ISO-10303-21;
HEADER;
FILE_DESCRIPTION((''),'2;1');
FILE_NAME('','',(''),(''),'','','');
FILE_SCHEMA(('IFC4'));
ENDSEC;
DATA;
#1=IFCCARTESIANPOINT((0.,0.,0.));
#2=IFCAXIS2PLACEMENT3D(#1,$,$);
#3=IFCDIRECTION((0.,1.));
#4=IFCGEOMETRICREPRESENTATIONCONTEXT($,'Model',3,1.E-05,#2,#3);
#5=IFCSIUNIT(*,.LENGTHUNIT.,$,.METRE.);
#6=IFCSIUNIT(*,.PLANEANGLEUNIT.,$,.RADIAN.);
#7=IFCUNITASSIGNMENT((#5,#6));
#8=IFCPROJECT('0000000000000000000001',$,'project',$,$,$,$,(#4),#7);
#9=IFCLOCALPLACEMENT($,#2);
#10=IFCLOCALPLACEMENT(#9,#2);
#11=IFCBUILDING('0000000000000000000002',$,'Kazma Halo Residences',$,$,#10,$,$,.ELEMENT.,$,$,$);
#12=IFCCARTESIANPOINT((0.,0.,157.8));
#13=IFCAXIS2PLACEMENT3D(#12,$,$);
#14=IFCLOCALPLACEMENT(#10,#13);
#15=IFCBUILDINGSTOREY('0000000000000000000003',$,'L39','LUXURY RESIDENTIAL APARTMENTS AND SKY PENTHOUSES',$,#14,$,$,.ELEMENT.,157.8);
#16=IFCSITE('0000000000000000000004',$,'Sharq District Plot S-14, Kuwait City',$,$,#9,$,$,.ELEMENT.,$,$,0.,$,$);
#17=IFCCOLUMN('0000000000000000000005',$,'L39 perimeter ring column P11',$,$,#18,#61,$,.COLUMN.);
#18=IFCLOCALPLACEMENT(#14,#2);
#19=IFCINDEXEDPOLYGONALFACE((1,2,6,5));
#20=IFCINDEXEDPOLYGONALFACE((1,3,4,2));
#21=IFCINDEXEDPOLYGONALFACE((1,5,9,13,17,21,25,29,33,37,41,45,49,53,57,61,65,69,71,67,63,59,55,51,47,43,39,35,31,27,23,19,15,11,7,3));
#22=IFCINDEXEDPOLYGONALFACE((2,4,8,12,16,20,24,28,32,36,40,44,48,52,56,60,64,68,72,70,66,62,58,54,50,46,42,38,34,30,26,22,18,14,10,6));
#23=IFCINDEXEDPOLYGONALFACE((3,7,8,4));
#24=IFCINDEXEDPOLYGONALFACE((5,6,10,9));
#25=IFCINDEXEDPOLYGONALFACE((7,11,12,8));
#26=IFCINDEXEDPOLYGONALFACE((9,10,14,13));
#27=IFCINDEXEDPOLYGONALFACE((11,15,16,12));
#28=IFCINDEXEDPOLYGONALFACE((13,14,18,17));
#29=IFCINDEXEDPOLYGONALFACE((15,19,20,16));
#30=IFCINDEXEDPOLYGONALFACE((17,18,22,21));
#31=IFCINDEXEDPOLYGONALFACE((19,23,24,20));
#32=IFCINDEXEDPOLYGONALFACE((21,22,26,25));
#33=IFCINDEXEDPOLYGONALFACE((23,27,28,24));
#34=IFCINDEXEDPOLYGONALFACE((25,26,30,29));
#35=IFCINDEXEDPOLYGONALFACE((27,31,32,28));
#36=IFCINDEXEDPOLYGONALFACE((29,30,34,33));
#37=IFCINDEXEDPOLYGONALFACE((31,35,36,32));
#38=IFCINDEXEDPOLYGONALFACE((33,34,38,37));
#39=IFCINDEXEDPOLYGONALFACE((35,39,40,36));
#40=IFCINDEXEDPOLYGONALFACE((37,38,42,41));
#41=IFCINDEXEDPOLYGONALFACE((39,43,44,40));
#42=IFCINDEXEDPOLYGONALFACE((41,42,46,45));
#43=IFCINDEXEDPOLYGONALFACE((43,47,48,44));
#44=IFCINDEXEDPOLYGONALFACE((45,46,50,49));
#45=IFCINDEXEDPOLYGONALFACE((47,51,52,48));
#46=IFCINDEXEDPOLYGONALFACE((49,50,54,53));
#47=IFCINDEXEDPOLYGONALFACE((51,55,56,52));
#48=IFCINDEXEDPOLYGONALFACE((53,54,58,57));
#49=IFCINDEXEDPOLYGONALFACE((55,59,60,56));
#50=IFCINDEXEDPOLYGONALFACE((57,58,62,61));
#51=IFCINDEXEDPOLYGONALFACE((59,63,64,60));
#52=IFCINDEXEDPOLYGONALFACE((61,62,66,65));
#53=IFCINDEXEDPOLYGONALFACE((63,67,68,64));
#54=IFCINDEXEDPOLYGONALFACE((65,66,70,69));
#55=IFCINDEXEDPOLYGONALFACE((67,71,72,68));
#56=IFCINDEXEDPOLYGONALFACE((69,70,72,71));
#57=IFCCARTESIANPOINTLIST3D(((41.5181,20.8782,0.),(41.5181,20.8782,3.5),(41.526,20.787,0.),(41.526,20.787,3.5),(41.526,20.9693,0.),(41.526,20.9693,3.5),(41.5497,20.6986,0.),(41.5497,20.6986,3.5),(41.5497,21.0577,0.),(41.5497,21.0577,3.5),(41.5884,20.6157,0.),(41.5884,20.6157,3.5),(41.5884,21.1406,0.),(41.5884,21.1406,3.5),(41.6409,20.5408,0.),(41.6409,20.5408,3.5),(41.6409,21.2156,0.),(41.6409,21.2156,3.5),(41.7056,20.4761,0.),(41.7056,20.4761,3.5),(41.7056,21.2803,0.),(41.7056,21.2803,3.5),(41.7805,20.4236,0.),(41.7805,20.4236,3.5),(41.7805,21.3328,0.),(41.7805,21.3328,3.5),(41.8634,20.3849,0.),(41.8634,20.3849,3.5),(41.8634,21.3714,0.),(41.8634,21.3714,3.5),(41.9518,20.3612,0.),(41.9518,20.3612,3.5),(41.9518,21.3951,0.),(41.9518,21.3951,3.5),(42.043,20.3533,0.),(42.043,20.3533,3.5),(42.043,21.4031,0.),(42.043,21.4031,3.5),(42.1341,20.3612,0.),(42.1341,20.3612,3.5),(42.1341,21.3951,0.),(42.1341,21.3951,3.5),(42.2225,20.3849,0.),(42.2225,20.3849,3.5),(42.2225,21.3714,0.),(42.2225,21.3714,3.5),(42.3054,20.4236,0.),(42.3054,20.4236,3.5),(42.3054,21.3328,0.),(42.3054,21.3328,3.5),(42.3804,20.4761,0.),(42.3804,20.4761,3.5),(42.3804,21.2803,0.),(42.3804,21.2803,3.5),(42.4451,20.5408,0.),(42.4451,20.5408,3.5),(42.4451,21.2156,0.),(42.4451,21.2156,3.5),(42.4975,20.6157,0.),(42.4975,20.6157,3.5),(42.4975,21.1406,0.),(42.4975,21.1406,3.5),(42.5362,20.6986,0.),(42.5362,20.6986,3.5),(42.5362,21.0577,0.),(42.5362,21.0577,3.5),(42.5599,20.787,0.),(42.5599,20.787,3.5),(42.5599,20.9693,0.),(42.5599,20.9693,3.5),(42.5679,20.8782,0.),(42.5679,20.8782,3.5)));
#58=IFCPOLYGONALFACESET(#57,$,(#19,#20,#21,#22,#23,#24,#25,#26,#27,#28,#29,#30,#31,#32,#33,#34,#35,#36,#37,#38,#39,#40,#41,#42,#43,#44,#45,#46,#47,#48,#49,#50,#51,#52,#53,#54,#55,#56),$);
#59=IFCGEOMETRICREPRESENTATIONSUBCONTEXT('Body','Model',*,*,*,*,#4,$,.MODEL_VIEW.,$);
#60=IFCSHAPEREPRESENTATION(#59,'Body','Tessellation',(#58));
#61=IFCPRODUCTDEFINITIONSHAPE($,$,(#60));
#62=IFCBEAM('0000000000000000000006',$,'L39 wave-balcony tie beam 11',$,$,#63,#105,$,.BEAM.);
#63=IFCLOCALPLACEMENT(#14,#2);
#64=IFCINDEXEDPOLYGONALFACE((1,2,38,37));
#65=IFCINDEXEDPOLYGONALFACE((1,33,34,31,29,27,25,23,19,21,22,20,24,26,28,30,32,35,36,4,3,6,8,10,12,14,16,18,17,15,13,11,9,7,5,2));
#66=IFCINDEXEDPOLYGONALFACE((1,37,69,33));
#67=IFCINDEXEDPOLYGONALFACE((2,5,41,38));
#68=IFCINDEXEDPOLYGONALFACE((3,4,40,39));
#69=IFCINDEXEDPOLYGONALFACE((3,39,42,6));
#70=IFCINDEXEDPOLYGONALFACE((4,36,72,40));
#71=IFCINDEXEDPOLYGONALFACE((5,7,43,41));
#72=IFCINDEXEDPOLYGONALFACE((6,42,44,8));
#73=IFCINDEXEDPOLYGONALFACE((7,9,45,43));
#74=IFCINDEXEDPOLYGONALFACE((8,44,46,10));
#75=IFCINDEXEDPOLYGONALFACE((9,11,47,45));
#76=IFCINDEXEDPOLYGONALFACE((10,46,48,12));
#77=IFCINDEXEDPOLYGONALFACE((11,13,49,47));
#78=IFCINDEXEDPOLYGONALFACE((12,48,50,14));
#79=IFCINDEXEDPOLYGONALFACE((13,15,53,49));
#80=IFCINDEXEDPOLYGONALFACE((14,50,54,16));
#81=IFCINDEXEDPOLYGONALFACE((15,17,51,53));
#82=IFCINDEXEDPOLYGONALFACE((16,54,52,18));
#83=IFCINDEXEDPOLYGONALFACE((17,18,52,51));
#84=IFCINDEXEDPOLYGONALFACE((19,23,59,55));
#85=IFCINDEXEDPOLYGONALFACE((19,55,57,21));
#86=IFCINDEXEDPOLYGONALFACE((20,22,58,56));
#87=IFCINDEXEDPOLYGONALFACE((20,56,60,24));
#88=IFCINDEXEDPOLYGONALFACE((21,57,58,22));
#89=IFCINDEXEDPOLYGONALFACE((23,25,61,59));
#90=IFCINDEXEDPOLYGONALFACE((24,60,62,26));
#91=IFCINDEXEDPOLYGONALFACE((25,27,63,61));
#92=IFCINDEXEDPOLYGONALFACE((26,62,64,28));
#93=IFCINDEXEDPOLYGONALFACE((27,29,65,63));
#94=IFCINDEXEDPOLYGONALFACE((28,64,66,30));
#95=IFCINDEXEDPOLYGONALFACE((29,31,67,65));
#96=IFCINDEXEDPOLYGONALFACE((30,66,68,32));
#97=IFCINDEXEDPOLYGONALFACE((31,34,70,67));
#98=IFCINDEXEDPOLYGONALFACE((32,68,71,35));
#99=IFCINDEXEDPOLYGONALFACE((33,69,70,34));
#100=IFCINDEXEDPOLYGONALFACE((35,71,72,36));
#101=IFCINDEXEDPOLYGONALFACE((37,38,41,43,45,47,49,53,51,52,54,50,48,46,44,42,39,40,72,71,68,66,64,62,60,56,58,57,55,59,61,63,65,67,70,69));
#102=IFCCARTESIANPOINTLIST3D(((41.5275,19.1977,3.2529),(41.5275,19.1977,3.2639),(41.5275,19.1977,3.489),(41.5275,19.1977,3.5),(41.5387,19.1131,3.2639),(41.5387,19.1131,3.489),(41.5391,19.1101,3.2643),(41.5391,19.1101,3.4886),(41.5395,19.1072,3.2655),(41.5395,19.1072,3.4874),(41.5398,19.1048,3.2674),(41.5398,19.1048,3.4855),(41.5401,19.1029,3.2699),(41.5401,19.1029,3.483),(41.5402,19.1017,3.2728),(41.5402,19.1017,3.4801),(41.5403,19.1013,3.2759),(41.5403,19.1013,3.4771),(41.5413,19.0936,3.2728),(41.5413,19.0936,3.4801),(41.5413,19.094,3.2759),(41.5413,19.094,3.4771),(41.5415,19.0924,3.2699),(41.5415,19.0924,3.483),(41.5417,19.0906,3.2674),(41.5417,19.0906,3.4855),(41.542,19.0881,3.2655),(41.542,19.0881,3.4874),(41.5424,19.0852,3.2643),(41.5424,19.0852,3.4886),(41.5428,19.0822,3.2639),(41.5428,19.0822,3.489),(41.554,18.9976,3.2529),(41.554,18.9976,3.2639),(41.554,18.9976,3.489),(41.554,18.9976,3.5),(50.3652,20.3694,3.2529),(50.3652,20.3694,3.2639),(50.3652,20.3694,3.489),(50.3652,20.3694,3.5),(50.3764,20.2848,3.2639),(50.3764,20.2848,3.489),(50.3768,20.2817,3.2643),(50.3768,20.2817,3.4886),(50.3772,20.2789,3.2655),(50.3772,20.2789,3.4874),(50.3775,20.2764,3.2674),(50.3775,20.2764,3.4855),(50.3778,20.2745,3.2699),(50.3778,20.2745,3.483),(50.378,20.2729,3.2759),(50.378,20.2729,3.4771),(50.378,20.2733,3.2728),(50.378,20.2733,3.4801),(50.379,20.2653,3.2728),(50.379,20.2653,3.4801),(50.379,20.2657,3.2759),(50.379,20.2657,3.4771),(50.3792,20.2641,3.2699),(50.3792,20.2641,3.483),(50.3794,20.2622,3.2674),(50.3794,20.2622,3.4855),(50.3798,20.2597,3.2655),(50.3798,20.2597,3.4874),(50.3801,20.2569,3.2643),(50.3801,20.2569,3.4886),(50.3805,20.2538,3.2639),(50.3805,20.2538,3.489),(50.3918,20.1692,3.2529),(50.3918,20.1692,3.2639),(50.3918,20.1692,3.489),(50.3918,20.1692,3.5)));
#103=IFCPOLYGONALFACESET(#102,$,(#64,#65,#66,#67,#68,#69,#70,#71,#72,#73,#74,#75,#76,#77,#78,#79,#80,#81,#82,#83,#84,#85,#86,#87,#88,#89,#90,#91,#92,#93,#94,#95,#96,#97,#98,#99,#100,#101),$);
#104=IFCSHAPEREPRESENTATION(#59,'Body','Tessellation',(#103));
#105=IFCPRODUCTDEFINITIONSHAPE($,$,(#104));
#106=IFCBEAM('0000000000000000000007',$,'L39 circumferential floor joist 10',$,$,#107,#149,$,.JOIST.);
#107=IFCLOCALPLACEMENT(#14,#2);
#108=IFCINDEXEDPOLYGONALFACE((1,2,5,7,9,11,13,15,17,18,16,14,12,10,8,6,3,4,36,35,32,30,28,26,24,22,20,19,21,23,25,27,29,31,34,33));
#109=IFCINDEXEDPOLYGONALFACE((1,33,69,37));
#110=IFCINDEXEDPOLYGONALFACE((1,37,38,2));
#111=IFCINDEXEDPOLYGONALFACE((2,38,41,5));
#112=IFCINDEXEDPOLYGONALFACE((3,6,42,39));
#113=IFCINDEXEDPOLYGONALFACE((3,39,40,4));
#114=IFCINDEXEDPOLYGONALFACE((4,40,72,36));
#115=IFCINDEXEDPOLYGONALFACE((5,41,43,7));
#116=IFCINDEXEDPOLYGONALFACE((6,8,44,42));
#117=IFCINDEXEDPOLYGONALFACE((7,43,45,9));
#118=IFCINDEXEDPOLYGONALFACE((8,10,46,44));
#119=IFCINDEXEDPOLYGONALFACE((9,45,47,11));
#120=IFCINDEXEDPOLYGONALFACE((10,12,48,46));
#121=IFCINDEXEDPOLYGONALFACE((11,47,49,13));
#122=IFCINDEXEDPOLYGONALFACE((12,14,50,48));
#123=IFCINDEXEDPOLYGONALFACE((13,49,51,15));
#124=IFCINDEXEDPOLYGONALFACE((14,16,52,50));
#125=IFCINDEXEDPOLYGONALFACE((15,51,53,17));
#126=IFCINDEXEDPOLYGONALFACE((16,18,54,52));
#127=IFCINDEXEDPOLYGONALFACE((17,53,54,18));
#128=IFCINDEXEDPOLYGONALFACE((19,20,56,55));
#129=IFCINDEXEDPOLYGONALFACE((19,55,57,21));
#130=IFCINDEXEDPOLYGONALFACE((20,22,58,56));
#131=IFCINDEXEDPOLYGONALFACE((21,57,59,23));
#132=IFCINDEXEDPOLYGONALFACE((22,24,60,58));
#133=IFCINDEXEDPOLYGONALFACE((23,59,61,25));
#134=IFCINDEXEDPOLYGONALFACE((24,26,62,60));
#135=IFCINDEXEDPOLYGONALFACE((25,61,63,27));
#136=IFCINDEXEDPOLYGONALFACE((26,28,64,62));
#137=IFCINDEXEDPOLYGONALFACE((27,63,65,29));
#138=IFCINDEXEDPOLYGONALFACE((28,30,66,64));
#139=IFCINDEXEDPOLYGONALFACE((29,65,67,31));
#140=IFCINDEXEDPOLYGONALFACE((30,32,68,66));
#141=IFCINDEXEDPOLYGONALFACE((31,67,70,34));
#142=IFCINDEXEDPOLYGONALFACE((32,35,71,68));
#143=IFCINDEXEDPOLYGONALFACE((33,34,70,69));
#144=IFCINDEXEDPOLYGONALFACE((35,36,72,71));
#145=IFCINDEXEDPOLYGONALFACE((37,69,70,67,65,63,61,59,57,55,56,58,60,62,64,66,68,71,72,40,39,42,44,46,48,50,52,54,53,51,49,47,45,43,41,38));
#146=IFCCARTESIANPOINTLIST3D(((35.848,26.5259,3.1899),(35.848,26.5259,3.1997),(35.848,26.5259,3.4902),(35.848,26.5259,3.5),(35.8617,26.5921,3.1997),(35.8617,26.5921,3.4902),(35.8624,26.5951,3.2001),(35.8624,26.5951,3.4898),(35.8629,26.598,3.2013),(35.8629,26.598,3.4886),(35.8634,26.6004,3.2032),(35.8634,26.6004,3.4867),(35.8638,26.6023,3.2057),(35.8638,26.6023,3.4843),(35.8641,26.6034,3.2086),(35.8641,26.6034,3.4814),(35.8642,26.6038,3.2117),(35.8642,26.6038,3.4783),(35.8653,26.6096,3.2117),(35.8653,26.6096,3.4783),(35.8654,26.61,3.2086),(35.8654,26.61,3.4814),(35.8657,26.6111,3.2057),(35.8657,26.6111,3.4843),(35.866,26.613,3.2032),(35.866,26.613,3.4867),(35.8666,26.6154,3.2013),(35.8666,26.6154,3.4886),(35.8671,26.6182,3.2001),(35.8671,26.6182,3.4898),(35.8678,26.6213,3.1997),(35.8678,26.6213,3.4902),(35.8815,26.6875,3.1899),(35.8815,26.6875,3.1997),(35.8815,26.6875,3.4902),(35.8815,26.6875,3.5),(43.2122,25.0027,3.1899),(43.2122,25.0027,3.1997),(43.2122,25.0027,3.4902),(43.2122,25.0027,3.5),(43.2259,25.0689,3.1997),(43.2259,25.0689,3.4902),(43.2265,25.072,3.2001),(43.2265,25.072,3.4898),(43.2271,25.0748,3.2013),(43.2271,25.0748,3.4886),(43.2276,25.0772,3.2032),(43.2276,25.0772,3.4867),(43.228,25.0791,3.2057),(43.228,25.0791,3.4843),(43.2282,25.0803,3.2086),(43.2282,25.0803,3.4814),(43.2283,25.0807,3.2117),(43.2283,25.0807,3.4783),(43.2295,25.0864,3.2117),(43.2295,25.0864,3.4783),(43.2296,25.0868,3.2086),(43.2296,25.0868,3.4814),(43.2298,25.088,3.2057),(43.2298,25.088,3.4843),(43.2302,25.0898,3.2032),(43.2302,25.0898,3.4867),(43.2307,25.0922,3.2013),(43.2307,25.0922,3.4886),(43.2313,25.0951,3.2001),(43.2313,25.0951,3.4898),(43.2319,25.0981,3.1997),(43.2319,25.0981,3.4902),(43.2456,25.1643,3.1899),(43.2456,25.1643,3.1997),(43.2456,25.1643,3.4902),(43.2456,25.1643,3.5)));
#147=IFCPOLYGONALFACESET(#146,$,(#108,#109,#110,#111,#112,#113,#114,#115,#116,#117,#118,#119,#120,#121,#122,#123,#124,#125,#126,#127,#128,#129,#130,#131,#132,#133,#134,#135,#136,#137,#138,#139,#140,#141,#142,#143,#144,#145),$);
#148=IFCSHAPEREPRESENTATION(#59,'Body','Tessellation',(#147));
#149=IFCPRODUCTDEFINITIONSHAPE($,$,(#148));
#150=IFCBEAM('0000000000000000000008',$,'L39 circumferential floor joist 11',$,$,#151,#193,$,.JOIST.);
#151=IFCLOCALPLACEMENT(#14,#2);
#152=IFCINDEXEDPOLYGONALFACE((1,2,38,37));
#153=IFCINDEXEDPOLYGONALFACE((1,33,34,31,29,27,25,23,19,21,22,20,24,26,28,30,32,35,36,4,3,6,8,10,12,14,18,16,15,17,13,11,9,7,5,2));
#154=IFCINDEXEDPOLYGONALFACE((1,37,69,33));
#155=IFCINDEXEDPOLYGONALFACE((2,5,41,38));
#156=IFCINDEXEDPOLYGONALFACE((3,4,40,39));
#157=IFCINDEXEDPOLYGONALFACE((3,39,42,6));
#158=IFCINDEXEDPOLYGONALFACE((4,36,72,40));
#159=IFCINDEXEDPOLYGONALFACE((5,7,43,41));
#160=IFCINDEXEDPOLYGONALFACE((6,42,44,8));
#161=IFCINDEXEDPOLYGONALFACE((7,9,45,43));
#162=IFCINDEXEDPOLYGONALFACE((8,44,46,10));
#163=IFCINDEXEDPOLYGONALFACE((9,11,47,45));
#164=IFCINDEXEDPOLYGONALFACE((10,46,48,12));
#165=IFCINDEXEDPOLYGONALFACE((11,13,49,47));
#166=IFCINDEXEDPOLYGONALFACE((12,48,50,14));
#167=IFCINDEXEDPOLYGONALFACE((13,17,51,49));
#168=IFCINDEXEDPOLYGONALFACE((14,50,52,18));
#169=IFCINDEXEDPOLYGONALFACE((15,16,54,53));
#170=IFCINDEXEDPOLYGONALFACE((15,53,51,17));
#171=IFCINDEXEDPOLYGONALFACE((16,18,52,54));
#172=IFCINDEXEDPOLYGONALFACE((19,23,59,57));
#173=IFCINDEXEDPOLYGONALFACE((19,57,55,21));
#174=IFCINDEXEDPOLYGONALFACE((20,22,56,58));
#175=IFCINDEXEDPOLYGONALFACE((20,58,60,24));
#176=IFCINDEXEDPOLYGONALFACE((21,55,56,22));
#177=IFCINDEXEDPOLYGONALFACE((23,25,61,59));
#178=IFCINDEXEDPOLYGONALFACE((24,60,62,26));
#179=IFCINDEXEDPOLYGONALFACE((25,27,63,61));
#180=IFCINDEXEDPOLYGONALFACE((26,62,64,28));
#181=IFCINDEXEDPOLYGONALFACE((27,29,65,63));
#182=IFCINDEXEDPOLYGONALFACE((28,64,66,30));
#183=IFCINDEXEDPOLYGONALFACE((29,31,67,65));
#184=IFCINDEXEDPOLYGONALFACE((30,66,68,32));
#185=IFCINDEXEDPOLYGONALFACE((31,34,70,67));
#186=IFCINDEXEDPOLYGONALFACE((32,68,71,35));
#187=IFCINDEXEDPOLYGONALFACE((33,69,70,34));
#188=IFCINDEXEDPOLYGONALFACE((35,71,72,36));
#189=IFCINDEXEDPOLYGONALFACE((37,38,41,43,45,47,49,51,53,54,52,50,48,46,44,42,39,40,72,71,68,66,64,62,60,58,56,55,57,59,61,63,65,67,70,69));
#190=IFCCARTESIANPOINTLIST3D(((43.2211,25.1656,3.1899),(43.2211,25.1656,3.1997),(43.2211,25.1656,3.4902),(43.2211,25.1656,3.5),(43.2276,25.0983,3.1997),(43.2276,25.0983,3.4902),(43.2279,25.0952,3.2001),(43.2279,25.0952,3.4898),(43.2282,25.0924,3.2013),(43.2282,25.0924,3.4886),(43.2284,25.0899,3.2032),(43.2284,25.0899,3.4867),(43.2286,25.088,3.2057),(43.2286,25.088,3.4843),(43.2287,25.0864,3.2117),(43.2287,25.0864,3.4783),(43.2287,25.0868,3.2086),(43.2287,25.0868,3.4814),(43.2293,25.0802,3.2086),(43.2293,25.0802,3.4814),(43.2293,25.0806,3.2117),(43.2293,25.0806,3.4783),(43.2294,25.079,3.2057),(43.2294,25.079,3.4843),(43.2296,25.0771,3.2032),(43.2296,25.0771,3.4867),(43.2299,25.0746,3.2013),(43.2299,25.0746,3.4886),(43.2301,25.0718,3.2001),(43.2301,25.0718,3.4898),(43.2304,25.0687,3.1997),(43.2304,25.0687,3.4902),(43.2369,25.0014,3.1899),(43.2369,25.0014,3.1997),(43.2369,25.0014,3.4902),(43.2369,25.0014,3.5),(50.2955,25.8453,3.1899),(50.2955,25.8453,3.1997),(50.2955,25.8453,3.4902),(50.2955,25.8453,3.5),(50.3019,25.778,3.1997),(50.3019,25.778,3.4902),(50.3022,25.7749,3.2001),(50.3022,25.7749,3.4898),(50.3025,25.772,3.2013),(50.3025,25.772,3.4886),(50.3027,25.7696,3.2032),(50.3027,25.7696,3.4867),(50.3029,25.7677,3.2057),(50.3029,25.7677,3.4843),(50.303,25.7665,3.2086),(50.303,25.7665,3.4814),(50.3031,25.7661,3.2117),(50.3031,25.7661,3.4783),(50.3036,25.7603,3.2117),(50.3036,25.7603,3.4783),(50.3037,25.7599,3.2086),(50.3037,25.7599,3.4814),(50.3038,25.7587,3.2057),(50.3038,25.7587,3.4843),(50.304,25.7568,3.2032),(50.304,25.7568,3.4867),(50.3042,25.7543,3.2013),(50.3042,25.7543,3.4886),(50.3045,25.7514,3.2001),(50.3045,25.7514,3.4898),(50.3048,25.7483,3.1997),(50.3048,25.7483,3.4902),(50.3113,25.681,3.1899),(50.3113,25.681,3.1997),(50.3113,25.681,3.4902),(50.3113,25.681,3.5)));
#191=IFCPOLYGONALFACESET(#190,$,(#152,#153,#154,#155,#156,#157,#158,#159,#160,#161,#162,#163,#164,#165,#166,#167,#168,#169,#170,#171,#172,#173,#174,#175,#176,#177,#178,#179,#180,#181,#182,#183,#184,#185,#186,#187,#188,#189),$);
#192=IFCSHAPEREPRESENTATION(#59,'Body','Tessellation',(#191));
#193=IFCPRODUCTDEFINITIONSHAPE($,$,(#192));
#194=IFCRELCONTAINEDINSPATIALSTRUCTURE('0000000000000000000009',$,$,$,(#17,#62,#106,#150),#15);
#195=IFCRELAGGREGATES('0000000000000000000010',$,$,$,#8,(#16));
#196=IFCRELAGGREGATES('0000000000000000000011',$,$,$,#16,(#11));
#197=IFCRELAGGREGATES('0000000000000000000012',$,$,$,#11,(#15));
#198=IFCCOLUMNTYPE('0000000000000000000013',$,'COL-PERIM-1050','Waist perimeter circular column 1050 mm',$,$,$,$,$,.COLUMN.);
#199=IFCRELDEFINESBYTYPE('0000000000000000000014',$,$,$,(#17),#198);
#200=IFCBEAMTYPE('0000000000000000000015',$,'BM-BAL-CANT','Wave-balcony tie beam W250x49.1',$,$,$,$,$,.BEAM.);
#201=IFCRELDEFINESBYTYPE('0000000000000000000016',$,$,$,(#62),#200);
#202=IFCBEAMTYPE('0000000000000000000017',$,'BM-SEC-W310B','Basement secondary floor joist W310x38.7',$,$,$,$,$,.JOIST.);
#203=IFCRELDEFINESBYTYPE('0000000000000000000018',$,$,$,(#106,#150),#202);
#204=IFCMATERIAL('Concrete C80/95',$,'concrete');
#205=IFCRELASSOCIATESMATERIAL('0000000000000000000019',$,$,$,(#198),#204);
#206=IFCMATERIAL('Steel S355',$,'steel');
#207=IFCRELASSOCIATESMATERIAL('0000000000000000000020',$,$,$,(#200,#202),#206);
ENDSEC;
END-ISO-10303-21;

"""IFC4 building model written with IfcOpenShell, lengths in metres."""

from ifc_helpers import new_model, si_unit, direction, frame, origin, origin_2d, place, context, subcontext, project, spatial, circle, i_section, extrude, material, material_profile, profile_set, type_object, element, save


model = new_model("IFC4")

# Units and contexts
model_context = context("Model", 3, precision=1e-05, world=origin(), true_north=direction((0.0, 1.0)))
body_context = subcontext(model_context, "Body", "Model", "MODEL_VIEW")
ifc_project = project(units=[si_unit("LENGTHUNIT", "METRE"), si_unit("PLANEANGLEUNIT", "RADIAN")], contexts=[model_context])

# Site, building, storey
site_placement = place(None, origin())
site = spatial("IfcSite", under=ifc_project, at=site_placement, Name="Sharq District Plot S-14, Kuwait City", CompositionType="ELEMENT", RefElevation=0.0)
building_placement = place(site_placement, origin())
building = spatial("IfcBuilding", under=site, at=building_placement, Name="Kazma Halo Residences", CompositionType="ELEMENT")
storey_placement = place(building_placement, frame((0.0, 0.0, 157.8)))
storey = spatial("IfcBuildingStorey", under=building, at=storey_placement, Name="L39", Description="LUXURY RESIDENTIAL APARTMENTS AND SKY PENTHOUSES", CompositionType="ELEMENT", Elevation=157.8)

# Column
ifc_material_1 = material(Name="Concrete C80/95", Category="concrete")
ifc_material_profile_1 = material_profile(ifc_material_1, circle(Radius=0.5249, at=origin_2d()), Name="CIRC1050")
ifc_profile_set_1 = profile_set([ifc_material_profile_1], Name="Concrete C80/95")
column_type = type_object("IfcColumnType", Name="COL-PERIM-1050", Description="Waist perimeter circular column 1050 mm", PredefinedType="COLUMN", material=ifc_profile_set_1)
column_placement = place(storey_placement, frame((42.043, 20.8782, 0.0), z_axis=(0.0, 0.0, 1.0), x_axis=(1.0, 0.0, 0.0)))
element("IfcColumn", 1, at=column_placement, inside=storey, type_object=column_type, Name="L39 perimeter ring column P11", PredefinedType="COLUMN", context=body_context, shape_type="SweptSolid", body=[
    extrude(circle(Radius=0.5249, at=origin_2d()), origin(), (0.0, 0.0, 1.0), 3.5),
])

# Beams
ifc_material_2 = material(Name="Steel S355", Category="steel")
ifc_material_profile_2 = material_profile(ifc_material_2, i_section(OverallWidth=0.2019, OverallDepth=0.2471, WebThickness=0.0073, FlangeThickness=0.011, FilletRadius=0.012, at=origin_2d()), Name="W250x49.1")
ifc_profile_set_2 = profile_set([ifc_material_profile_2], Name="Steel S355")
beam_type_1 = type_object("IfcBeamType", Name="BM-BAL-CANT", Description="Wave-balcony tie beam W250x49.1", PredefinedType="BEAM", material=ifc_profile_set_2)
beam_1_placement = place(storey_placement, frame((41.5408, 19.0977, 3.3765), z_axis=(0.991326, 0.131423, 0.0), x_axis=(-0.131423, 0.991326, 0.0)))
element("IfcBeam", 2, at=beam_1_placement, inside=storey, type_object=beam_type_1, Name="L39 wave-balcony tie beam 11", PredefinedType="BEAM", context=body_context, shape_type="SweptSolid", body=[
    extrude(i_section(OverallWidth=0.2019, OverallDepth=0.2471, WebThickness=0.0073, FlangeThickness=0.011, FilletRadius=0.012, at=origin_2d()), origin(), (0.0, 0.0, 1.0), 8.915),
])
ifc_material_profile_3 = material_profile(ifc_material_2, i_section(OverallWidth=0.165, OverallDepth=0.3101, WebThickness=0.0059, FlangeThickness=0.0098, FilletRadius=0.012, at=origin_2d()), Name="W310x38.7")
ifc_profile_set_3 = profile_set([ifc_material_profile_3], Name="Steel S355")
beam_type_2 = type_object("IfcBeamType", Name="BM-SEC-W310B", Description="Basement secondary floor joist W310x38.7", PredefinedType="JOIST", material=ifc_profile_set_3)
beam_2_placement = place(storey_placement, frame((35.8647, 26.6067, 3.345), z_axis=(0.979272, -0.202549, 0.0), x_axis=(0.202549, 0.979272, 0.0)))
element("IfcBeam", 3, at=beam_2_placement, inside=storey, type_object=beam_type_2, Name="L39 circumferential floor joist 10", PredefinedType="JOIST", context=body_context, shape_type="SweptSolid", body=[
    extrude(i_section(OverallWidth=0.165, OverallDepth=0.3101, WebThickness=0.0059, FlangeThickness=0.0098, FilletRadius=0.012, at=origin_2d()), origin(), (0.0, 0.0, 1.0), 7.52),
])
beam_3_placement = place(storey_placement, frame((43.229, 25.0835, 3.345), z_axis=(0.995416, 0.095636, 0.0), x_axis=(-0.095636, 0.995416, 0.0)))
element("IfcBeam", 4, at=beam_3_placement, inside=storey, type_object=beam_type_2, Name="L39 circumferential floor joist 11", PredefinedType="JOIST", context=body_context, shape_type="SweptSolid", body=[
    extrude(i_section(OverallWidth=0.165, OverallDepth=0.3101, WebThickness=0.0059, FlangeThickness=0.0098, FilletRadius=0.012, at=origin_2d()), origin(), (0.0, 0.0, 1.0), 7.1069),
])

save(model, "model.ifc")
